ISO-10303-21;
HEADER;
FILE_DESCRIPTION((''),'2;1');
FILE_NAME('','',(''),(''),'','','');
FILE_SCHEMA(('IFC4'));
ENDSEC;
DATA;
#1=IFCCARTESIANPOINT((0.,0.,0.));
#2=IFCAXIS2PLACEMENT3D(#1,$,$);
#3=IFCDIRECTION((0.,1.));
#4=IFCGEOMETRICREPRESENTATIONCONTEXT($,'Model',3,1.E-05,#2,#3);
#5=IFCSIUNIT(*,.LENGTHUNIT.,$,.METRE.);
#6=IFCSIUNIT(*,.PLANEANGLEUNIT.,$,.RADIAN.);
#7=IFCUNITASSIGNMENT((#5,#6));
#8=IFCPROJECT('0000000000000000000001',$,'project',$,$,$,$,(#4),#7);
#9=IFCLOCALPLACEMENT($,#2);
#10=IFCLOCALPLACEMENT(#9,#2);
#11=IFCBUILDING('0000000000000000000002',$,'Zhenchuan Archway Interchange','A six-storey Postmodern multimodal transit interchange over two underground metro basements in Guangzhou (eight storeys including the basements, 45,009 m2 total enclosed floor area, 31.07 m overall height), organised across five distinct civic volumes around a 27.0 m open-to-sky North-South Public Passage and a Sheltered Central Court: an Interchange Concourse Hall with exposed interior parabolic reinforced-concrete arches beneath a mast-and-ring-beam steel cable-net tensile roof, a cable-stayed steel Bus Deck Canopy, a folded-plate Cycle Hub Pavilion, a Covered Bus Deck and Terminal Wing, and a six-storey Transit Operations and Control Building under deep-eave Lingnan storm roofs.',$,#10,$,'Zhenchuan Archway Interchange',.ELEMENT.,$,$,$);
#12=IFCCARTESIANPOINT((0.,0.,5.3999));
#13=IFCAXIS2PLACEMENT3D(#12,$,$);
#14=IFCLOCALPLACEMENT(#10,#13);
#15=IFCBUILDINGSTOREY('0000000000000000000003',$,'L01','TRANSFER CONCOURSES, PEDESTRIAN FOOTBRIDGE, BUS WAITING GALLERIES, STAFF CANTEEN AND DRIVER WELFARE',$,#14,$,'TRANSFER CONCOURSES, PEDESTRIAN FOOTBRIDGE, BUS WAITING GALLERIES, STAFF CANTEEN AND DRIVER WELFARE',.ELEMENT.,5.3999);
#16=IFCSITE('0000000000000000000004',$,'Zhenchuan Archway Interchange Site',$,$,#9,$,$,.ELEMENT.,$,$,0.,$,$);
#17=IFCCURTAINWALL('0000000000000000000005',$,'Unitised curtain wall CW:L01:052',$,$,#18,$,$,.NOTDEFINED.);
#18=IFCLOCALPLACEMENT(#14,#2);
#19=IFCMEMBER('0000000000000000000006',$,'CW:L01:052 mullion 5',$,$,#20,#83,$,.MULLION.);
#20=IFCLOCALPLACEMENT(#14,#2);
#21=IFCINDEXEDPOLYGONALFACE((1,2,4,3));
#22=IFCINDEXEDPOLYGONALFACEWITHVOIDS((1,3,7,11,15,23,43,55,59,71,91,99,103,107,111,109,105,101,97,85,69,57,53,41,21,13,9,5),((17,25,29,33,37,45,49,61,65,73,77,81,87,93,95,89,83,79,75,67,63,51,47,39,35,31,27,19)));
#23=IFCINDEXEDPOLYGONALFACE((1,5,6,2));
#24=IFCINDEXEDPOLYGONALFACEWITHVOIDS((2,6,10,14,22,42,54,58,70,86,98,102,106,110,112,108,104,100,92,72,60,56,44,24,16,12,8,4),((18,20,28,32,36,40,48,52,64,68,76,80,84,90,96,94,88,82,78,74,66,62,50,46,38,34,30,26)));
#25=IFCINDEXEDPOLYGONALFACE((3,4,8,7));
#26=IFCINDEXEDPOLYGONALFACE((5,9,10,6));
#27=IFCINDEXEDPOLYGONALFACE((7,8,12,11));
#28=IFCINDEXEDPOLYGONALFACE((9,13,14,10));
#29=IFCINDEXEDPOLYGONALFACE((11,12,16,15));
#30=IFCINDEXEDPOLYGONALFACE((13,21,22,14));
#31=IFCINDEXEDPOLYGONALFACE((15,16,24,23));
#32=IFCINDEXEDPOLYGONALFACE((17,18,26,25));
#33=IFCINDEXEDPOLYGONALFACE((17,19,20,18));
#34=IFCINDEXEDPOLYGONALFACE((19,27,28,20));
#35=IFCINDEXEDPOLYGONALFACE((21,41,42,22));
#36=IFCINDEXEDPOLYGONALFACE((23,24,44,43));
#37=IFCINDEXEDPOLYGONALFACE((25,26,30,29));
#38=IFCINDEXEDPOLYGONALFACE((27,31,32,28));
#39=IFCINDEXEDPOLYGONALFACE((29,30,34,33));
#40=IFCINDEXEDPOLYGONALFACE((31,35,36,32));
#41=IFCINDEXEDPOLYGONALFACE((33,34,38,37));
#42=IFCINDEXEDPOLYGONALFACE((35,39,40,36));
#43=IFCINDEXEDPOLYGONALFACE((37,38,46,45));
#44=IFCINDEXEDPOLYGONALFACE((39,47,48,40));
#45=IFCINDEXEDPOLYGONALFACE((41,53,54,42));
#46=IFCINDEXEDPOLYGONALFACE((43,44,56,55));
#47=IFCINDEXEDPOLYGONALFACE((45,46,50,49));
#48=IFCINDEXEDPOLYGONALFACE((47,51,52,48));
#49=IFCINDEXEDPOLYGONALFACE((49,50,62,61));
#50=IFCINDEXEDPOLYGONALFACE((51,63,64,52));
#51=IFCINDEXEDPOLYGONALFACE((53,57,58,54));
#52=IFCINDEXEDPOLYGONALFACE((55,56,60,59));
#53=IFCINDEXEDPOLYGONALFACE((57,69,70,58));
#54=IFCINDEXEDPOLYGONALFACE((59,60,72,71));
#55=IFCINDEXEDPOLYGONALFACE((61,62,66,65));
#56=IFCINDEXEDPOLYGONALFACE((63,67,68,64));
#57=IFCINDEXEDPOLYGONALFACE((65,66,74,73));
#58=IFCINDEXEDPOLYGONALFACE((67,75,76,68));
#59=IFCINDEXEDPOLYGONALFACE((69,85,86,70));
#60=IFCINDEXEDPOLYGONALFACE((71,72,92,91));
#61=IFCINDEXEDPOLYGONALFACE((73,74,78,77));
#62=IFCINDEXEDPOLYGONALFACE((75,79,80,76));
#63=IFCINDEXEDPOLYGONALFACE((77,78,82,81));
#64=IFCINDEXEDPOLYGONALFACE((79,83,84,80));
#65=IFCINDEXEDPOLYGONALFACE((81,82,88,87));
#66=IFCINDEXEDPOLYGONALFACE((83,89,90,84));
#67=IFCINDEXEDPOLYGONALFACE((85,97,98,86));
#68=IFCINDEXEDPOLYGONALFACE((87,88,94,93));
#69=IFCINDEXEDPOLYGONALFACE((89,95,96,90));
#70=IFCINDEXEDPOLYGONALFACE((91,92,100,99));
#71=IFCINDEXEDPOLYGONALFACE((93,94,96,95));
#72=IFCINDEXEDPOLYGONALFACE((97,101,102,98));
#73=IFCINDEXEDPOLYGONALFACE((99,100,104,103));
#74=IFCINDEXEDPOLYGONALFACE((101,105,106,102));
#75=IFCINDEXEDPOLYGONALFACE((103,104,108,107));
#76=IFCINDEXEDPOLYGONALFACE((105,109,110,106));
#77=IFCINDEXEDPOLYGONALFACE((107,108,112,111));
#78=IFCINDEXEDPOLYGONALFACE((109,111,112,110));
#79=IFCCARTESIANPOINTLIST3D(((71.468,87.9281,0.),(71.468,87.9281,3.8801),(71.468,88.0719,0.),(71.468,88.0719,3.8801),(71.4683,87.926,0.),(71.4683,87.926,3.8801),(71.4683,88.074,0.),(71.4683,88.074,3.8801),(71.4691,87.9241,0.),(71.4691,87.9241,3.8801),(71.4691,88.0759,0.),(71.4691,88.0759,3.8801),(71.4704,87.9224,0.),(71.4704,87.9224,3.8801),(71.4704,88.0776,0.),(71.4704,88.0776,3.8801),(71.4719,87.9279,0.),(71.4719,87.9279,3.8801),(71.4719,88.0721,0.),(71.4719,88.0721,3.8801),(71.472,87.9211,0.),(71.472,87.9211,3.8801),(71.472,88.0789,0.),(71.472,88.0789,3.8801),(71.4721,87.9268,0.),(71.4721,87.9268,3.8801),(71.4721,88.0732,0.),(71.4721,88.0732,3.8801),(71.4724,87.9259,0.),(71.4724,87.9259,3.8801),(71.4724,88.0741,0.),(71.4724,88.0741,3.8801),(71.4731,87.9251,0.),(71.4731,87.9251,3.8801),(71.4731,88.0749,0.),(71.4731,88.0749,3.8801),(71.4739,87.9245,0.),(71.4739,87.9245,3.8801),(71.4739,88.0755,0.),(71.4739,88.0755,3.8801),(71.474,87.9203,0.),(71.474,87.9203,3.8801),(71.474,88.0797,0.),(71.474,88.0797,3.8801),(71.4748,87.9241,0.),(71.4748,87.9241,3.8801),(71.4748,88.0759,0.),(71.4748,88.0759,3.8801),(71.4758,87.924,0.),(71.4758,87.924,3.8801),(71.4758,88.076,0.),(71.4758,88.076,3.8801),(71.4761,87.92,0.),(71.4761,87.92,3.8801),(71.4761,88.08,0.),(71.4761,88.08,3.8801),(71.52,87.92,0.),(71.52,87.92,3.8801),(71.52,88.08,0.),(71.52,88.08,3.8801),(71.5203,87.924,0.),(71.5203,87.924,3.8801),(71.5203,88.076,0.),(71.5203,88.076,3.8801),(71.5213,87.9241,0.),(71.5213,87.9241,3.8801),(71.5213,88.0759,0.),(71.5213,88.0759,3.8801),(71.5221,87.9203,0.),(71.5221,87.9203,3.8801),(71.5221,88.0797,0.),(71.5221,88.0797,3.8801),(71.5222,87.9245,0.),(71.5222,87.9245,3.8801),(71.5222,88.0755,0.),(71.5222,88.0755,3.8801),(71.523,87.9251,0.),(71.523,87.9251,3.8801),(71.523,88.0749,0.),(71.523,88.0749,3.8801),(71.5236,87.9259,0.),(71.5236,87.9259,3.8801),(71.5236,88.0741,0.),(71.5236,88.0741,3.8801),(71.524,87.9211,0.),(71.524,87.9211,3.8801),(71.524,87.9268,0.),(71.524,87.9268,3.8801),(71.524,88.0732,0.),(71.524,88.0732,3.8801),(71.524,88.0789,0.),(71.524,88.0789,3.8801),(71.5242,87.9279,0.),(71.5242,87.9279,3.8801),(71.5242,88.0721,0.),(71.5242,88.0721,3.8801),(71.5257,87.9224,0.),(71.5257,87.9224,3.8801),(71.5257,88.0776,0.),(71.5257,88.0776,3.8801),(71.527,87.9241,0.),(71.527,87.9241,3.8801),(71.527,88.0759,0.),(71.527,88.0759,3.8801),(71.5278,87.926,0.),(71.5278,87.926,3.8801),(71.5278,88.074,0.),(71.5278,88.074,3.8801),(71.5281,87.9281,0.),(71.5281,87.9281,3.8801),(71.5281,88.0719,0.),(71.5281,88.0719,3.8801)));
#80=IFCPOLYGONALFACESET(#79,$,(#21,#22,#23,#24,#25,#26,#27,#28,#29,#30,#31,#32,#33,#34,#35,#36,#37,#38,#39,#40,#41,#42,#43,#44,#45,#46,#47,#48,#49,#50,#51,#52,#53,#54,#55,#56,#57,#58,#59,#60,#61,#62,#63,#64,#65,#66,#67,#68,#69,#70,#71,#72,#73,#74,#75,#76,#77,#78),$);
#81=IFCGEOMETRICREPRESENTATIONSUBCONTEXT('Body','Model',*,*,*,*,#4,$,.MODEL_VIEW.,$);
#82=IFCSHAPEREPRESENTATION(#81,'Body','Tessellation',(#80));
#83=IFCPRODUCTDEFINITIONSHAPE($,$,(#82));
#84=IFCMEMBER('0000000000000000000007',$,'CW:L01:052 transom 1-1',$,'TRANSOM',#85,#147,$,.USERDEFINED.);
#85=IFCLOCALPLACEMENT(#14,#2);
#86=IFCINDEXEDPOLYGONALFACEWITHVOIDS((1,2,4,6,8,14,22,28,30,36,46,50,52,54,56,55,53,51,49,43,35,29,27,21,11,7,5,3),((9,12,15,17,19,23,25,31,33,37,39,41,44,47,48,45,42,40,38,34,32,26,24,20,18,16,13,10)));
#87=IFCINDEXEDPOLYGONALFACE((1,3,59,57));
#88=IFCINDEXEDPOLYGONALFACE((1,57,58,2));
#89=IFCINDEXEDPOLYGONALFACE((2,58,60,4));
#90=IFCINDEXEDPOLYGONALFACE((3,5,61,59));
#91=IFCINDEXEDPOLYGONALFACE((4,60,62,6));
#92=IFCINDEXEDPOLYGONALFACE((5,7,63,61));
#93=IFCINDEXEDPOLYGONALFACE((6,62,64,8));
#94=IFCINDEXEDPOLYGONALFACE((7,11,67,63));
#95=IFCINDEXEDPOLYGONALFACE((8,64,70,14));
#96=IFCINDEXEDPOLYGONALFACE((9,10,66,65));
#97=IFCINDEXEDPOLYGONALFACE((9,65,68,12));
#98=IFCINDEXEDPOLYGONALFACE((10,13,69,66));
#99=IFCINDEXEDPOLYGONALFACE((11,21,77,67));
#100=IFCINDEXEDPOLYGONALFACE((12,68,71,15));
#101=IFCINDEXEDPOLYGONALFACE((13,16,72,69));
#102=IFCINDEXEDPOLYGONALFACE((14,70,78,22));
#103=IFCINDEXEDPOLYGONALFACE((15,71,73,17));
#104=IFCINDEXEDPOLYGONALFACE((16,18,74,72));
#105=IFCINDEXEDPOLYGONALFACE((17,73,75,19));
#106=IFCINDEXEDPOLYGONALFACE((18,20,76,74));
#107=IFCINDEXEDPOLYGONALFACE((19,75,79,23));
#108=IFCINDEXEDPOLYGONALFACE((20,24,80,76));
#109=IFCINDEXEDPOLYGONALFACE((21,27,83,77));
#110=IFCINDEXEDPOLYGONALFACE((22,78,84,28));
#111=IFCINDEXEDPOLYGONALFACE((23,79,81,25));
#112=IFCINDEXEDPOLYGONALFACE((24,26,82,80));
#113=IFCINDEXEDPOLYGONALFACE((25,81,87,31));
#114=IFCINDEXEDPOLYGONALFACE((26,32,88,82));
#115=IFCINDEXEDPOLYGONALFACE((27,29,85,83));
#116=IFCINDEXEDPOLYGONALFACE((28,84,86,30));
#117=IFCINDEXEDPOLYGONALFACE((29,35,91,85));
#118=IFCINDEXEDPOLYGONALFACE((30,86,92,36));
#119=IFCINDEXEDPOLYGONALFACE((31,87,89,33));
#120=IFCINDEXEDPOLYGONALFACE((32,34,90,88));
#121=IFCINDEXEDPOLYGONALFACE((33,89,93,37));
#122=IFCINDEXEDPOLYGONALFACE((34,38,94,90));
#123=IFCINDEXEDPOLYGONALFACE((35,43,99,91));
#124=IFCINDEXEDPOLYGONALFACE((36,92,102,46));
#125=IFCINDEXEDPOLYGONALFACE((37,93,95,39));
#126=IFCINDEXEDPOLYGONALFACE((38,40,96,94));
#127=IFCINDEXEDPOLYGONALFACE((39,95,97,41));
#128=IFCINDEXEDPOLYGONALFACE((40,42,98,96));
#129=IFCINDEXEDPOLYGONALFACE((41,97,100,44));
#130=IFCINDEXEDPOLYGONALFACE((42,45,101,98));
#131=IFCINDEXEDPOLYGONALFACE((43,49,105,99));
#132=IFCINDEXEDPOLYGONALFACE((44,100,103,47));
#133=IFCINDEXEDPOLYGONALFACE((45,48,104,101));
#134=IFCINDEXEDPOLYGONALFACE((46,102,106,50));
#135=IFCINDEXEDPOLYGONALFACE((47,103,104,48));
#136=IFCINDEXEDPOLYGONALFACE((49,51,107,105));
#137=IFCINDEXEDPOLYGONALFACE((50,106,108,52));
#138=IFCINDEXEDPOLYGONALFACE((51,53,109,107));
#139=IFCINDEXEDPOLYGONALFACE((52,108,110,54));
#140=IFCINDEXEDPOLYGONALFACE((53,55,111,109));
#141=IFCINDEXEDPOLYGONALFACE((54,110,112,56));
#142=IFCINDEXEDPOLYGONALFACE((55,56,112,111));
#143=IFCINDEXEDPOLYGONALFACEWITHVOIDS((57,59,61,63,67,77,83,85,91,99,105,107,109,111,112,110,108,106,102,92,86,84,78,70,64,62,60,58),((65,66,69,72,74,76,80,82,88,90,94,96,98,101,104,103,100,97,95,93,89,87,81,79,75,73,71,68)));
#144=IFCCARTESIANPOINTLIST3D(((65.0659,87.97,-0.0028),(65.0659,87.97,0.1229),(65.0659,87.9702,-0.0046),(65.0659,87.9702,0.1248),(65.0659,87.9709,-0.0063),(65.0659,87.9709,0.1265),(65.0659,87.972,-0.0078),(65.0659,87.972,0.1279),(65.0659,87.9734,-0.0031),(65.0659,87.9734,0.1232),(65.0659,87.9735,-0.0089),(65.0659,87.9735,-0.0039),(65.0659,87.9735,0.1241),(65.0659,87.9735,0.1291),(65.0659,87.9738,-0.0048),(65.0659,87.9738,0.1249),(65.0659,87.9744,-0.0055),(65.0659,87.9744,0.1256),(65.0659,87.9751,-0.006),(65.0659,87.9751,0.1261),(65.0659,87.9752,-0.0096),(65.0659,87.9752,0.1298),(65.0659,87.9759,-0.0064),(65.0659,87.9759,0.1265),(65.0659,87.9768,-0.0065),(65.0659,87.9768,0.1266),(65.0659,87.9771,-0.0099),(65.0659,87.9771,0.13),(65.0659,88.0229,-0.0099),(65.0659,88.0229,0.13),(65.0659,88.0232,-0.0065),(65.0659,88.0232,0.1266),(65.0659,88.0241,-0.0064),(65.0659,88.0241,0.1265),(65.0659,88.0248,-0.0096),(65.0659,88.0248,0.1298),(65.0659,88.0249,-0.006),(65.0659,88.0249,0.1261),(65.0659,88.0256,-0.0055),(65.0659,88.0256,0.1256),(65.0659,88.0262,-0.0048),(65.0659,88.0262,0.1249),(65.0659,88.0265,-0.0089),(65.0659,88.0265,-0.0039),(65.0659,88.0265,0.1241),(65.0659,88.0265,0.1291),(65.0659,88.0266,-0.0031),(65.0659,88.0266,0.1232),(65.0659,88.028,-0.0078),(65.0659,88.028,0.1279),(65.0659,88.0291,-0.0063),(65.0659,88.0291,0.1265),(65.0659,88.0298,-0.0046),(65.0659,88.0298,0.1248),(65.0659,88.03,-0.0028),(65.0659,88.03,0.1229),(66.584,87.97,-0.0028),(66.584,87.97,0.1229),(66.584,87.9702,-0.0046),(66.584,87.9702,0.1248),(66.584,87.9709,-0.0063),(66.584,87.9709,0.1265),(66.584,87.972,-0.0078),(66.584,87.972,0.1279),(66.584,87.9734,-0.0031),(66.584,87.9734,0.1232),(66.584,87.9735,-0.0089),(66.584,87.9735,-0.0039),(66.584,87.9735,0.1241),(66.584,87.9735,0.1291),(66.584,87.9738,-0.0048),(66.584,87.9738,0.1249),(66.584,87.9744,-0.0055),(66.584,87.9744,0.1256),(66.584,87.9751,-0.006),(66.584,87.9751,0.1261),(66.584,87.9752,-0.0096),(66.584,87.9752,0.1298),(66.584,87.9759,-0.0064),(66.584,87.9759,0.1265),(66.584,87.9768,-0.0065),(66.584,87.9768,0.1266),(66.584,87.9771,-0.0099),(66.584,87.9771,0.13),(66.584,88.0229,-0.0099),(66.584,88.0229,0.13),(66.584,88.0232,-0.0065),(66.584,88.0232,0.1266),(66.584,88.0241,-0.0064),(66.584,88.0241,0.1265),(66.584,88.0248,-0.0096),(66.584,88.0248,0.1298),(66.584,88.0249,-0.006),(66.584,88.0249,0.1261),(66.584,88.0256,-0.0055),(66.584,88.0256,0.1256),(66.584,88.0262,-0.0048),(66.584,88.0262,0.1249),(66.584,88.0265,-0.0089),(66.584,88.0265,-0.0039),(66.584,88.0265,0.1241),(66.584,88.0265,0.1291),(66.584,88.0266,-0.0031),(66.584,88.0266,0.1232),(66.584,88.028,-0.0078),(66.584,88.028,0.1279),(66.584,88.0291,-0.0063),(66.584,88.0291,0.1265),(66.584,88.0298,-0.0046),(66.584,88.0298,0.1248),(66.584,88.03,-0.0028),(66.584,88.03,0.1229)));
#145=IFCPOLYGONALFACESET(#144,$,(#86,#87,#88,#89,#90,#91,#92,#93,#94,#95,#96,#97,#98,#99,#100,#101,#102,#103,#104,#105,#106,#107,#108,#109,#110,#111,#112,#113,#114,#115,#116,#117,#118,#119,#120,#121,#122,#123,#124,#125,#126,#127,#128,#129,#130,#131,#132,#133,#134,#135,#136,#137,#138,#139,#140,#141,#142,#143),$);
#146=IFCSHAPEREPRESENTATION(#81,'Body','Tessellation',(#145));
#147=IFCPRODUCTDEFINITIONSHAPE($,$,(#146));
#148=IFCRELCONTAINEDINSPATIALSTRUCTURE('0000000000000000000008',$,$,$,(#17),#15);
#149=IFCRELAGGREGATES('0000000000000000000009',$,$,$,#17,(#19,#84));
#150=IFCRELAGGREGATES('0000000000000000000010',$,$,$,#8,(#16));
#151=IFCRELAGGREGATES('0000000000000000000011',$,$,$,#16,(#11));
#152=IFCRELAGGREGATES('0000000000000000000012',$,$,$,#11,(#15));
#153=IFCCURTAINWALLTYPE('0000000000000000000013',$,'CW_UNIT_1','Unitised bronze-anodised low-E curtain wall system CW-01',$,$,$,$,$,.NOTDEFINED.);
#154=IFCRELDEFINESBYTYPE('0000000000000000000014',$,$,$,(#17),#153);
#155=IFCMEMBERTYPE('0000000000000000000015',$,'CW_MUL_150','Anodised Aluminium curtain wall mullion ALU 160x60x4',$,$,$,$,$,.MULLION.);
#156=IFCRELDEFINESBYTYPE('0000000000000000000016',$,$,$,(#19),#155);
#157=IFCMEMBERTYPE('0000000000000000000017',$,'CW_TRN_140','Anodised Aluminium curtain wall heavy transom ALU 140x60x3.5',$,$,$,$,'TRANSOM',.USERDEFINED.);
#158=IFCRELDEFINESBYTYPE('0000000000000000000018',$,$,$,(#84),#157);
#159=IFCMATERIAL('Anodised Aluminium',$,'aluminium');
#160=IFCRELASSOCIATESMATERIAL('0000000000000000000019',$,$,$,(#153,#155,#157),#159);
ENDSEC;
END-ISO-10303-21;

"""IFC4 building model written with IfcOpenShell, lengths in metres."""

from ifc_helpers import new_model, si_unit, direction, frame, origin, origin_2d, place, context, subcontext, project, spatial, hollow_rectangle, extrude, material, material_profile, profile_set, type_object, element, aggregate, save


model = new_model("IFC4")

# Units and contexts
model_context = context("Model", 3, precision=1e-05, world=origin(), true_north=direction((0.0, 1.0)))
body_context = subcontext(model_context, "Body", "Model", "MODEL_VIEW")
ifc_project = project(units=[si_unit("LENGTHUNIT", "METRE"), si_unit("PLANEANGLEUNIT", "RADIAN")], contexts=[model_context])

# Site, building, storey
site_placement = place(None, origin())
site = spatial("IfcSite", under=ifc_project, at=site_placement, Name="Zhenchuan Archway Interchange Site", CompositionType="ELEMENT", RefElevation=0.0)
building_placement = place(site_placement, origin())
building = spatial("IfcBuilding", under=site, at=building_placement, Name="Zhenchuan Archway Interchange", Description="A six-storey Postmodern multimodal transit interchange over two underground metro basements in Guangzhou (eight storeys including the basements, 45,009 m2 total enclosed floor area, 31.07 m overall height), organised across five distinct civic volumes around a 27.0 m open-to-sky North-South Public Passage and a Sheltered Central Court: an Interchange Concourse Hall with exposed interior parabolic reinforced-concrete arches beneath a mast-and-ring-beam steel cable-net tensile roof, a cable-stayed steel Bus Deck Canopy, a folded-plate Cycle Hub Pavilion, a Covered Bus Deck and Terminal Wing, and a six-storey Transit Operations and Control Building under deep-eave Lingnan storm roofs.", LongName="Zhenchuan Archway Interchange", CompositionType="ELEMENT")
storey_placement = place(building_placement, frame((0.0, 0.0, 5.3999)))
storey = spatial("IfcBuildingStorey", under=building, at=storey_placement, Name="L01", Description="TRANSFER CONCOURSES, PEDESTRIAN FOOTBRIDGE, BUS WAITING GALLERIES, STAFF CANTEEN AND DRIVER WELFARE", LongName="TRANSFER CONCOURSES, PEDESTRIAN FOOTBRIDGE, BUS WAITING GALLERIES, STAFF CANTEEN AND DRIVER WELFARE", CompositionType="ELEMENT", Elevation=5.3999)

# Curtain wall, members
ifc_material_1 = material(Name="Anodised Aluminium", Category="aluminium")
curtain_wall_type = type_object("IfcCurtainWallType", Name="CW_UNIT_1", Description="Unitised bronze-anodised low-E curtain wall system CW-01", PredefinedType="NOTDEFINED", material=ifc_material_1)
curtain_wall_placement = place(storey_placement, origin())
curtain_wall = element("IfcCurtainWall", 1, at=curtain_wall_placement, inside=storey, type_object=curtain_wall_type, Name="Unitised curtain wall CW:L01:052", PredefinedType="NOTDEFINED")
ifc_material_profile_1 = material_profile(ifc_material_1, hollow_rectangle(XDim=0.0601, YDim=0.1599, WallThickness=0.0039, InnerFilletRadius=0.0039, OuterFilletRadius=0.0081, at=origin_2d()), Name="ALU 160x60x4")
ifc_profile_set_1 = profile_set([ifc_material_profile_1], Name="Anodised Aluminium")
member_type_1 = type_object("IfcMemberType", Name="CW_MUL_150", Description="Anodised Aluminium curtain wall mullion ALU 160x60x4", PredefinedType="MULLION", material=ifc_profile_set_1)
member_1_placement = place(storey_placement, frame((71.498, 88.0, 0.0), z_axis=(0.0, 0.0, 1.0), x_axis=(1.0, 0.0, 0.0)))
member_1 = element("IfcMember", 2, at=member_1_placement, type_object=member_type_1, Name="CW:L01:052 mullion 5", PredefinedType="MULLION", context=body_context, shape_type="SweptSolid", body=[
    extrude(hollow_rectangle(XDim=0.0601, YDim=0.1599, WallThickness=0.0039, InnerFilletRadius=0.0039, OuterFilletRadius=0.0081, at=origin_2d()), origin(), (0.0, 0.0, 1.0), 3.8801),
])
ifc_material_profile_2 = material_profile(ifc_material_1, hollow_rectangle(XDim=0.0601, YDim=0.1399, WallThickness=0.0034, InnerFilletRadius=0.0034, OuterFilletRadius=0.0071, at=origin_2d()), Name="ALU 140x60x3.5")
ifc_profile_set_2 = profile_set([ifc_material_profile_2], Name="Anodised Aluminium")
member_type_2 = type_object("IfcMemberType", Name="CW_TRN_140", Description="Anodised Aluminium curtain wall heavy transom ALU 140x60x3.5", ElementType="TRANSOM", PredefinedType="USERDEFINED", material=ifc_profile_set_2)
member_2_placement = place(storey_placement, frame((65.0659, 88.0, 0.0601), z_axis=(1.0, 0.0, 0.0), x_axis=(0.0, 1.0, 0.0)))
member_2 = element("IfcMember", 3, at=member_2_placement, type_object=member_type_2, Name="CW:L01:052 transom 1-1", ObjectType="TRANSOM", PredefinedType="USERDEFINED", context=body_context, shape_type="SweptSolid", body=[
    extrude(hollow_rectangle(XDim=0.0601, YDim=0.1399, WallThickness=0.0034, InnerFilletRadius=0.0034, OuterFilletRadius=0.0071, at=origin_2d()), origin(), (0.0, 0.0, 1.0), 1.5181),
])

aggregate(curtain_wall, [member_1, member_2])

save(model, "model.ifc")
